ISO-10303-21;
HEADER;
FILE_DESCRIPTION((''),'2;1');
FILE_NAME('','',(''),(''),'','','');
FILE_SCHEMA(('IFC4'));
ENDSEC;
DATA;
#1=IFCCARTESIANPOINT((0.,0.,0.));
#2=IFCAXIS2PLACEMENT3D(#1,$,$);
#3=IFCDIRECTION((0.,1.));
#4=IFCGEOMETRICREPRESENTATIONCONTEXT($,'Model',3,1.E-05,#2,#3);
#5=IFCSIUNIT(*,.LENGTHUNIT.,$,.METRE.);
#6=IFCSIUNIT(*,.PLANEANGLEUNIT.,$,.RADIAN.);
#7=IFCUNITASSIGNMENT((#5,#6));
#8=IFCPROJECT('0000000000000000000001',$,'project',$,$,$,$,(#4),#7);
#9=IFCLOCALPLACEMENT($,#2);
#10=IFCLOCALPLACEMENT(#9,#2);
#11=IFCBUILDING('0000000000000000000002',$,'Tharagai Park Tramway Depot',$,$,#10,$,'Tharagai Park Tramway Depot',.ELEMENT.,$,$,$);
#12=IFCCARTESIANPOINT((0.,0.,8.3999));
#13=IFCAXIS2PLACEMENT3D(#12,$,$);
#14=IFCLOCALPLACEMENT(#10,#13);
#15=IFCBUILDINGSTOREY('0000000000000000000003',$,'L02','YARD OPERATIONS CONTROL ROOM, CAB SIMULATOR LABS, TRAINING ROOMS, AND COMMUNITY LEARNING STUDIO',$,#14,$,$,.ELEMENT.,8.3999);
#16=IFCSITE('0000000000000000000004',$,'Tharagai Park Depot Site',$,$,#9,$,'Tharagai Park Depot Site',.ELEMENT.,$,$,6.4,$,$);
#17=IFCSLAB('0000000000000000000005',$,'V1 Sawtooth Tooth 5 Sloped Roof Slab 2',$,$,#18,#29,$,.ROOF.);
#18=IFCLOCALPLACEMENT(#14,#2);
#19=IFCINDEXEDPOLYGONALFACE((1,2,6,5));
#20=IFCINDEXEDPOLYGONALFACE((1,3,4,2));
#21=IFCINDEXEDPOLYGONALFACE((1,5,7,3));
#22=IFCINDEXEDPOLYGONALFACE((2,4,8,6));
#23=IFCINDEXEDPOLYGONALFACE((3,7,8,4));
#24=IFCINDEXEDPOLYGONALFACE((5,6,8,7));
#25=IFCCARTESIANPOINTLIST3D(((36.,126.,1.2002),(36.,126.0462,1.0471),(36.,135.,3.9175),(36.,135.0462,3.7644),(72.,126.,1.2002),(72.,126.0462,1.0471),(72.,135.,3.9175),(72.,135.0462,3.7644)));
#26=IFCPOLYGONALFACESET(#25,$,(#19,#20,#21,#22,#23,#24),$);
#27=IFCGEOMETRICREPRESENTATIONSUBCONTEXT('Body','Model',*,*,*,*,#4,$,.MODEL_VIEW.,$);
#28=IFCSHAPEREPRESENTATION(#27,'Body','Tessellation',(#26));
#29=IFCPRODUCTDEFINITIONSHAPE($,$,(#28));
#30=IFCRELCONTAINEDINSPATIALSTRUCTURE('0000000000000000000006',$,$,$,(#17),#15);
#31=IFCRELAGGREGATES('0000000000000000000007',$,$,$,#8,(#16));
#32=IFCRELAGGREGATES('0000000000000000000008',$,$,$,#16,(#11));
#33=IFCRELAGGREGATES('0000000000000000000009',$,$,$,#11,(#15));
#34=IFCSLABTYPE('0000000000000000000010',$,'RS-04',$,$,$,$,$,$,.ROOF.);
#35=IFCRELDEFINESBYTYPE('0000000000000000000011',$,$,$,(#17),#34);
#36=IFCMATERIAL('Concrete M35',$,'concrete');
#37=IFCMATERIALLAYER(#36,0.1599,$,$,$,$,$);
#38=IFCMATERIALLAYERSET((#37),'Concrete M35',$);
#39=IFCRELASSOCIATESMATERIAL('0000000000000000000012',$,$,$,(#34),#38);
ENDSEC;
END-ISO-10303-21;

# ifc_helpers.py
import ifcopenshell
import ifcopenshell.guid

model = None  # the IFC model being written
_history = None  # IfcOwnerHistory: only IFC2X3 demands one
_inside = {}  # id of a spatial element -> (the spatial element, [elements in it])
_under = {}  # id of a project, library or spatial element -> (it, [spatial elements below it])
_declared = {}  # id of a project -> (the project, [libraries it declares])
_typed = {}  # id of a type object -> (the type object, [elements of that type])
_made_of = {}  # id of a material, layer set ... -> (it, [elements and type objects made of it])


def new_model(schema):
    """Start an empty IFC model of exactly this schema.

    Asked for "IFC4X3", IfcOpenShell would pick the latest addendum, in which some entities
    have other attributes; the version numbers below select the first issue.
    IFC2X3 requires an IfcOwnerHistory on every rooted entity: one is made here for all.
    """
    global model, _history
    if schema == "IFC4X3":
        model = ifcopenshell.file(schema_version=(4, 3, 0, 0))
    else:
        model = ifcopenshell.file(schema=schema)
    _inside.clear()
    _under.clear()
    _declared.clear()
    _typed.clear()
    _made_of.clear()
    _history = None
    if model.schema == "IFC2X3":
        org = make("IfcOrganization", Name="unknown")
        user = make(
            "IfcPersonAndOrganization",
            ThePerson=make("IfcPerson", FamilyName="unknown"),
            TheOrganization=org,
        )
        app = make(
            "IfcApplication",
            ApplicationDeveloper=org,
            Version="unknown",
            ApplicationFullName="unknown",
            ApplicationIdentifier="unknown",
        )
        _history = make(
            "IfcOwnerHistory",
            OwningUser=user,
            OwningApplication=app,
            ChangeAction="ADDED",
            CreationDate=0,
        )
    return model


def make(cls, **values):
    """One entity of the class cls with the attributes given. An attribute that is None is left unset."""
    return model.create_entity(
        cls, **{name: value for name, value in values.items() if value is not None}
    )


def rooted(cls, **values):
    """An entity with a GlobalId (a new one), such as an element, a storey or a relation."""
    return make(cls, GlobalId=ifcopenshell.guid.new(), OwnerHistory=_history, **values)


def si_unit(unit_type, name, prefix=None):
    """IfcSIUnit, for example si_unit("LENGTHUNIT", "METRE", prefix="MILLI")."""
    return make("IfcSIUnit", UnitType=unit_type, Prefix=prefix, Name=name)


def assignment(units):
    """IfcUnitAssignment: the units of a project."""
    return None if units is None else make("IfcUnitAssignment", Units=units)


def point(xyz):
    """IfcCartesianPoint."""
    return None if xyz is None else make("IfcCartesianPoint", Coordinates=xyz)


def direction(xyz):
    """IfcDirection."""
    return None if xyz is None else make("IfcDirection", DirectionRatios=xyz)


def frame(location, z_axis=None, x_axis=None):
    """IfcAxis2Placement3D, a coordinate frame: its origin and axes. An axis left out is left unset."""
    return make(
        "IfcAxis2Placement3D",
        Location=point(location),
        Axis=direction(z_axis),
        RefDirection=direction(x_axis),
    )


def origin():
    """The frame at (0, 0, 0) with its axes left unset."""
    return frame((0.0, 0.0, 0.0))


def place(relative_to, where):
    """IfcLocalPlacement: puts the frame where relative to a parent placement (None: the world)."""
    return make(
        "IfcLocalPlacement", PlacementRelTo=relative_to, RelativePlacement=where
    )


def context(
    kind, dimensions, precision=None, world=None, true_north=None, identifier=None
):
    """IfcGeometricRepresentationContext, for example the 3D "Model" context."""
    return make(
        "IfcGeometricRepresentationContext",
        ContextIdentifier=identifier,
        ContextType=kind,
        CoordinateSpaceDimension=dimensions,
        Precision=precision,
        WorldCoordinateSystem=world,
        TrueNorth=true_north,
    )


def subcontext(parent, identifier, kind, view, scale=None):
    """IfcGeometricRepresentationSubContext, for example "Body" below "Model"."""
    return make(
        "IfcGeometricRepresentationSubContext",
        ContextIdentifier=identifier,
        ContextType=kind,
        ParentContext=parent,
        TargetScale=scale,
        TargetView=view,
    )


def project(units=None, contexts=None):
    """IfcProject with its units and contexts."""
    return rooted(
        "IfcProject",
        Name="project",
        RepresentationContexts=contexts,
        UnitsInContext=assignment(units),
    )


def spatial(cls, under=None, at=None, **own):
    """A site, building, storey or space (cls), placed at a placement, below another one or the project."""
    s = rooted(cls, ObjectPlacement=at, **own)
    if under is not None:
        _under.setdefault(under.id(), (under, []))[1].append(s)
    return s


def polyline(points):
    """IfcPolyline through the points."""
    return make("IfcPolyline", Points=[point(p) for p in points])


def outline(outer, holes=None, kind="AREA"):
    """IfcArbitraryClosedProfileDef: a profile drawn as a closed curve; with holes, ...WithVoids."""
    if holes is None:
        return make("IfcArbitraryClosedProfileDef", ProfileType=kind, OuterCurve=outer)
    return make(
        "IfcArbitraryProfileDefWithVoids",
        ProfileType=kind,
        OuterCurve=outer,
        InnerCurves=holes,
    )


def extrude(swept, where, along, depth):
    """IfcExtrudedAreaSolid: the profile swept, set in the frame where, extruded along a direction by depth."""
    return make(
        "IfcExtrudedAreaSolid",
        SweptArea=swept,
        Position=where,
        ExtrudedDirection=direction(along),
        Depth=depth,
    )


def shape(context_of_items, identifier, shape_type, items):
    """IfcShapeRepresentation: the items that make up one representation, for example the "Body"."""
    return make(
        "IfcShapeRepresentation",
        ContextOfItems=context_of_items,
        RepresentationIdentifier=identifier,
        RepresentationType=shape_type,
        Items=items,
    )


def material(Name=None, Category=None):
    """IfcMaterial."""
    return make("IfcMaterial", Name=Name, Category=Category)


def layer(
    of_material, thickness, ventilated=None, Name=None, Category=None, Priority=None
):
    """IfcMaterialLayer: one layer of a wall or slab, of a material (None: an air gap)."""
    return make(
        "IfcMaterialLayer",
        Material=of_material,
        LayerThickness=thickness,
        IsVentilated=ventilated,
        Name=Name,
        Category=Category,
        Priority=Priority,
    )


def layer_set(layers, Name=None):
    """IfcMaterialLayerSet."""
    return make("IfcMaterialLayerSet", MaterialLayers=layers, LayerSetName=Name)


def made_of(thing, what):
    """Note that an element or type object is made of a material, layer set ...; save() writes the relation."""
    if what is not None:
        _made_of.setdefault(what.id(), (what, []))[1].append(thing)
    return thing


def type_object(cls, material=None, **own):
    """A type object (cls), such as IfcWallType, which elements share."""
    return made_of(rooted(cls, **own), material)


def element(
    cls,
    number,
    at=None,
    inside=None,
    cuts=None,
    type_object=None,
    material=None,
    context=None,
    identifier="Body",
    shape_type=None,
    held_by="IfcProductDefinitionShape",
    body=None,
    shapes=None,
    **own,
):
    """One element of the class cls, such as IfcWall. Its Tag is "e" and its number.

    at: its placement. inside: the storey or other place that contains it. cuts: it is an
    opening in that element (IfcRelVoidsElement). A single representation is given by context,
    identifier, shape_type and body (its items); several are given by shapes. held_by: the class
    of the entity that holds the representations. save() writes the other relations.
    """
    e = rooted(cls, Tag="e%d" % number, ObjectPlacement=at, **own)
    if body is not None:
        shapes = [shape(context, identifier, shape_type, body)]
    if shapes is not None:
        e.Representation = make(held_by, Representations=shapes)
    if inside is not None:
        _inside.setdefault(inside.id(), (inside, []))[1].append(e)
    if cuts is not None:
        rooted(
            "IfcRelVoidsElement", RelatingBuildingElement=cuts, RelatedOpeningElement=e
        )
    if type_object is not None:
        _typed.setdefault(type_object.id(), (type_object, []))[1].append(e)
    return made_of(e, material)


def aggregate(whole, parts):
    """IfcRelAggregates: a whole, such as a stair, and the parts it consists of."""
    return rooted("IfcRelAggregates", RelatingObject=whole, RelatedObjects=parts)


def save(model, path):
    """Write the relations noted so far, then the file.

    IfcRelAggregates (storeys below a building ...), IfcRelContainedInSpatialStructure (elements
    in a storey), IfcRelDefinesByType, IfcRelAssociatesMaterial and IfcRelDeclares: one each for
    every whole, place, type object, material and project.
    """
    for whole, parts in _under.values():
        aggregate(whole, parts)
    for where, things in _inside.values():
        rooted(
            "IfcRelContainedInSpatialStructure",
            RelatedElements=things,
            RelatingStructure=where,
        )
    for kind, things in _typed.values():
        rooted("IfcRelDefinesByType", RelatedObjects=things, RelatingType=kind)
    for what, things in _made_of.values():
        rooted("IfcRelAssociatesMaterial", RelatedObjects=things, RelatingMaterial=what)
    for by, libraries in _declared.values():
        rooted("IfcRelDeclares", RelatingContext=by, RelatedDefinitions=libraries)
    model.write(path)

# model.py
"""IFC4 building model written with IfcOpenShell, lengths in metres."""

from ifc_helpers import new_model, si_unit, direction, frame, origin, place, context, subcontext, project, spatial, polyline, outline, extrude, material, layer, layer_set, type_object, element, save


model = new_model("IFC4")

# Units and contexts
model_context = context("Model", 3, precision=1e-05, world=origin(), true_north=direction((0.0, 1.0)))
body_context = subcontext(model_context, "Body", "Model", "MODEL_VIEW")
ifc_project = project(units=[si_unit("LENGTHUNIT", "METRE"), si_unit("PLANEANGLEUNIT", "RADIAN")], contexts=[model_context])

# Site, building, storey
site_placement = place(None, origin())
site = spatial("IfcSite", under=ifc_project, at=site_placement, Name="Tharagai Park Depot Site", LongName="Tharagai Park Depot Site", CompositionType="ELEMENT", RefElevation=6.4)
building_placement = place(site_placement, origin())
building = spatial("IfcBuilding", under=site, at=building_placement, Name="Tharagai Park Tramway Depot", LongName="Tharagai Park Tramway Depot", CompositionType="ELEMENT")
storey_placement = place(building_placement, frame((0.0, 0.0, 8.3999)))
storey = spatial("IfcBuildingStorey", under=building, at=storey_placement, Name="L02", Description="YARD OPERATIONS CONTROL ROOM, CAB SIMULATOR LABS, TRAINING ROOMS, AND COMMUNITY LEARNING STUDIO", CompositionType="ELEMENT", Elevation=8.3999)

# Slab
ifc_material_1 = material(Name="Concrete M35", Category="concrete")
ifc_layer_1 = layer(ifc_material_1, 0.1599)
ifc_layer_set_1 = layer_set([ifc_layer_1], Name="Concrete M35")
slab_type = type_object("IfcSlabType", Name="RS-04", PredefinedType="ROOF", material=ifc_layer_set_1)
slab_placement = place(storey_placement, frame((36.0, 126.0, 1.2002), z_axis=(0.0, -0.289034, 0.957319), x_axis=(1.0, 0.0, 0.0)))
element("IfcSlab", 1, at=slab_placement, inside=storey, type_object=slab_type, Name="V1 Sawtooth Tooth 5 Sloped Roof Slab 2", PredefinedType="ROOF", context=body_context, shape_type="SweptSolid", body=[
    extrude(outline(polyline([(0.0, 0.0), (36.0, 0.0), (36.0, 9.4013), (0.0, 9.4013), (0.0, 0.0)])), origin(), (0.0, 0.0, -1.0), 0.1599),
])

save(model, "model.ifc")
